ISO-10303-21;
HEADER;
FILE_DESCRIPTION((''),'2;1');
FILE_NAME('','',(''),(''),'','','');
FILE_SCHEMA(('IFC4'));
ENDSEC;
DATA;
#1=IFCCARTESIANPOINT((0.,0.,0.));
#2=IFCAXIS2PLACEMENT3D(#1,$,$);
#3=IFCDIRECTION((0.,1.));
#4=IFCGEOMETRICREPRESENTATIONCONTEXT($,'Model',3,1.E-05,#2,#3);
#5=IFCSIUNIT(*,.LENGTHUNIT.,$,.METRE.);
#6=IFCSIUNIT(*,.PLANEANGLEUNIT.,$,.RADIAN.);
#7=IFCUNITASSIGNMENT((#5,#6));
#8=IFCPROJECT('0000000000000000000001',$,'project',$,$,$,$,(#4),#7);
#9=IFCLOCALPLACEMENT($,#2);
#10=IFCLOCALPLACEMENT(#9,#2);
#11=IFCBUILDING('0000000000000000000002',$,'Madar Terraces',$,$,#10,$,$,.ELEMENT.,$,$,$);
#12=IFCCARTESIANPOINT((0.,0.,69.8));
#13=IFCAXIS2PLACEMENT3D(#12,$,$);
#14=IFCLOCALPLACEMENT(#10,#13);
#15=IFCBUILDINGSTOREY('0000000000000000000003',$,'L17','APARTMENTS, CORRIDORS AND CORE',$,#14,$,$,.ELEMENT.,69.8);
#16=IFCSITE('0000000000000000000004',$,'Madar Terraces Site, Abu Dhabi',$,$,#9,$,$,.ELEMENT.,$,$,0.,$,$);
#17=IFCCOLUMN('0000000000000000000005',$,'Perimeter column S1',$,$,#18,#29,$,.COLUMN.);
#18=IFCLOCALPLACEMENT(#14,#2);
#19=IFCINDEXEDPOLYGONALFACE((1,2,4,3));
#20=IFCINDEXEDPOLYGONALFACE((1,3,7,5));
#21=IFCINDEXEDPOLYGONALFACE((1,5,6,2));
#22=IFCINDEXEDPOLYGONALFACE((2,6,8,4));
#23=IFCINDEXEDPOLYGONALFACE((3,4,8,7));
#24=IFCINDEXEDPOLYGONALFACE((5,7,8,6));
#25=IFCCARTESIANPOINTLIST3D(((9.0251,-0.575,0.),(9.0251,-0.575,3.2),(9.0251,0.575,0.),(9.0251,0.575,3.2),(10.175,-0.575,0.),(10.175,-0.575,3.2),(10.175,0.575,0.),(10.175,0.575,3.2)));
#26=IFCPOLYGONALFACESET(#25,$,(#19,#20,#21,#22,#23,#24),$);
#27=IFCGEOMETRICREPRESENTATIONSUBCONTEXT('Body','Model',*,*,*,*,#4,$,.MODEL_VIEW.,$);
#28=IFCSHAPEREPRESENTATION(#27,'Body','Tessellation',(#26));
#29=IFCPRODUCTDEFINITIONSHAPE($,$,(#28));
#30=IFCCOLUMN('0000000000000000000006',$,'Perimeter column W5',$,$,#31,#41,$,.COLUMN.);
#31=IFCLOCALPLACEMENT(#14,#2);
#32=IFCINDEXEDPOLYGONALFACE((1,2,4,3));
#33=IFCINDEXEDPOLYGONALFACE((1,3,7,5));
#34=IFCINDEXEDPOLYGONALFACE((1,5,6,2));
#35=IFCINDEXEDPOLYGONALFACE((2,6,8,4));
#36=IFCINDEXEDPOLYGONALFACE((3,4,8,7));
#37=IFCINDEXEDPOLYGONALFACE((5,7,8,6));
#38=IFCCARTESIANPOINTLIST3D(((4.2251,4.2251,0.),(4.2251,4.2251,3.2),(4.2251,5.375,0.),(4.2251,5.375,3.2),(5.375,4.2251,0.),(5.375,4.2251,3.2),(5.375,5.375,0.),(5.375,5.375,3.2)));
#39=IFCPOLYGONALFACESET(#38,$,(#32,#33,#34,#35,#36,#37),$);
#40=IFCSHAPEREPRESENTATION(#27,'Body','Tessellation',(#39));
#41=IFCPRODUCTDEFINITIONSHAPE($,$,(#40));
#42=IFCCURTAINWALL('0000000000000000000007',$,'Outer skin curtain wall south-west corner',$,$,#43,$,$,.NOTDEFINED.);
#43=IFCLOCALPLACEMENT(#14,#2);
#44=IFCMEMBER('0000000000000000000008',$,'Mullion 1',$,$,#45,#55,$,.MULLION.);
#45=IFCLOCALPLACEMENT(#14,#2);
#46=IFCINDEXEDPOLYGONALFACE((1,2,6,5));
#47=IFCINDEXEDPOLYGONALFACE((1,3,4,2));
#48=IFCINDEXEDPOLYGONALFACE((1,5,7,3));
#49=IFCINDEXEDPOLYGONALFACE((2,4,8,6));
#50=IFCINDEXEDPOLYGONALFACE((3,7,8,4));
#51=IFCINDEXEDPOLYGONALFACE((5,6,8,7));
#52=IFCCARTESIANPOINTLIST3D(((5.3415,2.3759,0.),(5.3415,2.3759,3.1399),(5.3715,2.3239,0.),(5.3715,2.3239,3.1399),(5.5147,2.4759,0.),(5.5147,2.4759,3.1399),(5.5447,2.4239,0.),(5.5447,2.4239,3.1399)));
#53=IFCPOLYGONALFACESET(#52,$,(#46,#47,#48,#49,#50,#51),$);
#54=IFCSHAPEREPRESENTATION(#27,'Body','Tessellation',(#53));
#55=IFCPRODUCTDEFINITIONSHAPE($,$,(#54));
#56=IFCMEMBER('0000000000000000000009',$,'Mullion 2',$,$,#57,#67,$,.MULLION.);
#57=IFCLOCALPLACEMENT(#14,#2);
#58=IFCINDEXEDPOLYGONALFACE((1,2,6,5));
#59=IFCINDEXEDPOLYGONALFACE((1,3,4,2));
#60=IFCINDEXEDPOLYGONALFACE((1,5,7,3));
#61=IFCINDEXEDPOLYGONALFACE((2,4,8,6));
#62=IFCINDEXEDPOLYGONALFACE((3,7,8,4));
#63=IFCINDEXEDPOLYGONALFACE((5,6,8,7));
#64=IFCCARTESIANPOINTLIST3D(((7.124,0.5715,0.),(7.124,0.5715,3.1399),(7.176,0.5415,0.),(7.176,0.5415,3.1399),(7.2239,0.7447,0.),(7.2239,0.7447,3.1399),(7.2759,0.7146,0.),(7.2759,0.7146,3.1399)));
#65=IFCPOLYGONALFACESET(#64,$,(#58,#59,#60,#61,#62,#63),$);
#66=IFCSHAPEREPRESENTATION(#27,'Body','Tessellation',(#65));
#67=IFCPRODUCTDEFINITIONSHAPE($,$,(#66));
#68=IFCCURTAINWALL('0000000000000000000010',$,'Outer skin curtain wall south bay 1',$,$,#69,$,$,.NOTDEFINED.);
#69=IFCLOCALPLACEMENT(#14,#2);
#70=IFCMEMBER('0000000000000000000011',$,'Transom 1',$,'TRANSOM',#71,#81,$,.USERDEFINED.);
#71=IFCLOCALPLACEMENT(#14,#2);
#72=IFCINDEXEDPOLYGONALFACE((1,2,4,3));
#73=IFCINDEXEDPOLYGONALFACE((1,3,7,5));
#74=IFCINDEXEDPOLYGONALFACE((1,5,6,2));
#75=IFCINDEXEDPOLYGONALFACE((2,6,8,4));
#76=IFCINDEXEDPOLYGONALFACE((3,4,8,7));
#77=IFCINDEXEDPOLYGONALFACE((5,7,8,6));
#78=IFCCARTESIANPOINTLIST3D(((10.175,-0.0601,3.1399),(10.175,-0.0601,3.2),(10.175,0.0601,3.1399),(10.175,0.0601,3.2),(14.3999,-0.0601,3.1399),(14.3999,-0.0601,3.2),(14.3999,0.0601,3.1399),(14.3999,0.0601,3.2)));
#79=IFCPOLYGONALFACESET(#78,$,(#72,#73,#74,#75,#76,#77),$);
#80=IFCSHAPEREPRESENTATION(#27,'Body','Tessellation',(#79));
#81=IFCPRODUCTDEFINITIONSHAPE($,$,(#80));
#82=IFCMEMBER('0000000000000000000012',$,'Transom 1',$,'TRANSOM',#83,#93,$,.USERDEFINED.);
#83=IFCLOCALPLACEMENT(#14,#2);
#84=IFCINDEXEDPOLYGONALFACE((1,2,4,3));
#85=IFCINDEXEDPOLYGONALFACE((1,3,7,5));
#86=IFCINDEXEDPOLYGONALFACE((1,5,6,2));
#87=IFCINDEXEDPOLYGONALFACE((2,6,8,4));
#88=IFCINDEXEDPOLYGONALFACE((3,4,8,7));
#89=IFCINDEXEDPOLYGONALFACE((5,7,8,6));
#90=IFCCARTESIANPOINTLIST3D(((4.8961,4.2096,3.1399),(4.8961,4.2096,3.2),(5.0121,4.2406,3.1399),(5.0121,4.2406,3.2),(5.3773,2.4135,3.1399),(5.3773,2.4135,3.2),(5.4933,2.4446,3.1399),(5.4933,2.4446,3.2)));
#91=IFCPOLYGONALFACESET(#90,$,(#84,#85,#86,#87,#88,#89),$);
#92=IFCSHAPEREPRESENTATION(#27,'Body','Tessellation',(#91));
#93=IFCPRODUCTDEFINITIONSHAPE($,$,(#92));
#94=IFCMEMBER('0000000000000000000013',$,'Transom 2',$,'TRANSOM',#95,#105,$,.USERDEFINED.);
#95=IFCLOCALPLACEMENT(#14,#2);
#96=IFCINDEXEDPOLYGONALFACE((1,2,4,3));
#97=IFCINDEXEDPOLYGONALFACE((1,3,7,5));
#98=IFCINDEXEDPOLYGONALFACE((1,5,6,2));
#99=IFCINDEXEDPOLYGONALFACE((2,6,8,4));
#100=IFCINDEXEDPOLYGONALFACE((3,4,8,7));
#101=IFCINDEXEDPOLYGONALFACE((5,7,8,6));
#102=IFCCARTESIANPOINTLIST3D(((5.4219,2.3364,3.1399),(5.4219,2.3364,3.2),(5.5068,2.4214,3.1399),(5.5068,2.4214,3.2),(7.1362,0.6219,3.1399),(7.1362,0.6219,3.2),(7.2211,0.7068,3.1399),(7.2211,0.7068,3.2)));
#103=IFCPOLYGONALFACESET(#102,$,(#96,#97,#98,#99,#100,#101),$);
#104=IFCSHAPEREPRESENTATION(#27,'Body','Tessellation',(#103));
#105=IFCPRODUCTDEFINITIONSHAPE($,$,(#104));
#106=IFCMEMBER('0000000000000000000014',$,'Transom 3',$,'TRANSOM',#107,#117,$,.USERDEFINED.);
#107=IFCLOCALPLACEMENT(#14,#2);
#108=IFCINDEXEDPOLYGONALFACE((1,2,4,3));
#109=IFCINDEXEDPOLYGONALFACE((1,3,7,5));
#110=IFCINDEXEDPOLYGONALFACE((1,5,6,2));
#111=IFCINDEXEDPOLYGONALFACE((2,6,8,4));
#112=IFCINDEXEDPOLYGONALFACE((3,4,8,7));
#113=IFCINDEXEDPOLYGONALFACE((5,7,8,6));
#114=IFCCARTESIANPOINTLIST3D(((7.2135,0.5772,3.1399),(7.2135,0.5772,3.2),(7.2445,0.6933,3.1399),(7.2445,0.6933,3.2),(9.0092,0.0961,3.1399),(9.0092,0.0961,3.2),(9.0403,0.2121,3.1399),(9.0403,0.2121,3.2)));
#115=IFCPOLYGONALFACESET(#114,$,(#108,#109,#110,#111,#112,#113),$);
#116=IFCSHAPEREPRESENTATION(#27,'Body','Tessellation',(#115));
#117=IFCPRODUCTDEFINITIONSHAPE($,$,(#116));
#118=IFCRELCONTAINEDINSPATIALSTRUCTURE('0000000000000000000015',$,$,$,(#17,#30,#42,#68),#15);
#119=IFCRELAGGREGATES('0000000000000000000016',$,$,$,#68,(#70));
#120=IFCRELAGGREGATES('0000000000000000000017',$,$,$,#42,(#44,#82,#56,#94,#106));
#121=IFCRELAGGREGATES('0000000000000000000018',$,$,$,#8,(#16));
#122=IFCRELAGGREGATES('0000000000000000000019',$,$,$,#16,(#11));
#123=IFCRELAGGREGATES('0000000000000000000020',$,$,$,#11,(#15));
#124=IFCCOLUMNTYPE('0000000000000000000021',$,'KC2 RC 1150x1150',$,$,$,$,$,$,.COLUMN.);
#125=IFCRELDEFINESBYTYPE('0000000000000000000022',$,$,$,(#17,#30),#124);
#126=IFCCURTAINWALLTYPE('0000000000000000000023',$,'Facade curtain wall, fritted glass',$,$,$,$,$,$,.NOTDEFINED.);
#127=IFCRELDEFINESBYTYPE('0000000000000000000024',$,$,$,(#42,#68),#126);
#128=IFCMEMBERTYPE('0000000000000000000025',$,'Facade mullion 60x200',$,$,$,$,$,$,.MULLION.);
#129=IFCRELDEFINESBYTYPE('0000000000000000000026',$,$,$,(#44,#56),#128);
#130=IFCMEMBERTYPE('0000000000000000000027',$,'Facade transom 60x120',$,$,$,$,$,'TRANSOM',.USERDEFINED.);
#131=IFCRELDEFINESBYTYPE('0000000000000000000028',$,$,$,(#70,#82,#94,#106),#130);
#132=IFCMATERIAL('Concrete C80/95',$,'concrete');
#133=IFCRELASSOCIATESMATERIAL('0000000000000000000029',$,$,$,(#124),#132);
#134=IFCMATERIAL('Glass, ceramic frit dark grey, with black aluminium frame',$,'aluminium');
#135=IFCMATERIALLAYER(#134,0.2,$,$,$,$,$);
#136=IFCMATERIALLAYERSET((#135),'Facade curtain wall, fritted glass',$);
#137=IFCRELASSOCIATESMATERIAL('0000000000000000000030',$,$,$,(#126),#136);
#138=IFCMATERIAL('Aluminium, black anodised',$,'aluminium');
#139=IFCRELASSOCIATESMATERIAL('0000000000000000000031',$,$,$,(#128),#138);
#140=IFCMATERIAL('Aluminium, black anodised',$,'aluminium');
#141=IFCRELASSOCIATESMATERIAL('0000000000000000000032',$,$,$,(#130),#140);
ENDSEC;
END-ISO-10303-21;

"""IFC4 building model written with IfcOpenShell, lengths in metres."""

from ifc_helpers import new_model, si_unit, direction, frame, origin, origin_2d, place, context, subcontext, project, spatial, rectangle, extrude, material, layer, layer_set, material_profile, profile_set, type_object, element, aggregate, save


model = new_model("IFC4")

# Units and contexts
model_context = context("Model", 3, precision=1e-05, world=origin(), true_north=direction((0.0, 1.0)))
body_context = subcontext(model_context, "Body", "Model", "MODEL_VIEW")
ifc_project = project(units=[si_unit("LENGTHUNIT", "METRE"), si_unit("PLANEANGLEUNIT", "RADIAN")], contexts=[model_context])

# Site, building, storey
site_placement = place(None, origin())
site = spatial("IfcSite", under=ifc_project, at=site_placement, Name="Madar Terraces Site, Abu Dhabi", CompositionType="ELEMENT", RefElevation=0.0)
building_placement = place(site_placement, origin())
building = spatial("IfcBuilding", under=site, at=building_placement, Name="Madar Terraces", CompositionType="ELEMENT")
storey_placement = place(building_placement, frame((0.0, 0.0, 69.8)))
storey = spatial("IfcBuildingStorey", under=building, at=storey_placement, Name="L17", Description="APARTMENTS, CORRIDORS AND CORE", CompositionType="ELEMENT", Elevation=69.8)

# Columns
ifc_material_1 = material(Name="Concrete C80/95", Category="concrete")
ifc_material_profile_1 = material_profile(ifc_material_1, rectangle(XDim=1.1499, YDim=1.1499, at=origin_2d()), Name="KC2 RC 1150x1150")
ifc_profile_set_1 = profile_set([ifc_material_profile_1], Name="Concrete C80/95")
column_type = type_object("IfcColumnType", Name="KC2 RC 1150x1150", PredefinedType="COLUMN", material=ifc_profile_set_1)
for number, where, z_axis, x_axis, name in (
    (1, (9.6001, 0.0, 0.0), (0.0, 0.0, 1.0), (1.0, 0.0, 0.0), "Perimeter column S1"),
    (2, (4.8, 4.8, 0.0), (0.0, 0.0, 1.0), (1.0, 0.0, 0.0), "Perimeter column W5"),
):
    element("IfcColumn", number, at=place(storey_placement, frame(where, z_axis=z_axis, x_axis=x_axis)), inside=storey, type_object=column_type, Name=name, PredefinedType="COLUMN", context=body_context, shape_type="SweptSolid", body=[
        extrude(rectangle(XDim=1.1499, YDim=1.1499, at=origin_2d()), origin(), (0.0, 0.0, 1.0), 3.2),
    ])

# Curtain wall, members
ifc_material_2 = material(Name="Glass, ceramic frit dark grey, with black aluminium frame", Category="aluminium")
ifc_layer_1 = layer(ifc_material_2, 0.2)
ifc_layer_set_1 = layer_set([ifc_layer_1], Name="Facade curtain wall, fritted glass")
curtain_wall_type = type_object("IfcCurtainWallType", Name="Facade curtain wall, fritted glass", PredefinedType="NOTDEFINED", material=ifc_layer_set_1)
curtain_wall_1_placement = place(storey_placement, origin())
curtain_wall_1 = element("IfcCurtainWall", 3, at=curtain_wall_1_placement, inside=storey, type_object=curtain_wall_type, Name="Outer skin curtain wall south-west corner", PredefinedType="NOTDEFINED")
ifc_material_3 = material(Name="Aluminium, black anodised", Category="aluminium")
ifc_material_profile_2 = material_profile(ifc_material_3, rectangle(XDim=0.2, YDim=0.0601, at=origin_2d()), Name="Facade mullion 60x200")
ifc_profile_set_2 = profile_set([ifc_material_profile_2], Name="Aluminium, black anodised")
member_type_1 = type_object("IfcMemberType", Name="Facade mullion 60x200", PredefinedType="MULLION", material=ifc_profile_set_2)
member_1_placement = place(storey_placement, frame((5.4431, 2.3999, 0.0), z_axis=(0.0, 0.0, 1.0), x_axis=(0.866025, 0.5, 0.0)))
member_1 = element("IfcMember", 4, at=member_1_placement, type_object=member_type_1, Name="Mullion 1", PredefinedType="MULLION", context=body_context, shape_type="SweptSolid", body=[
    extrude(rectangle(XDim=0.2, YDim=0.0601, at=origin_2d()), origin(), (0.0, 0.0, 1.0), 3.1399),
])
member_2_placement = place(storey_placement, frame((7.2, 0.6431, 0.0), z_axis=(0.0, 0.0, 1.0), x_axis=(0.5, 0.866025, 0.0)))
member_2 = element("IfcMember", 5, at=member_2_placement, type_object=member_type_1, Name="Mullion 2", PredefinedType="MULLION", context=body_context, shape_type="SweptSolid", body=[
    extrude(rectangle(XDim=0.2, YDim=0.0601, at=origin_2d()), origin(), (0.0, 0.0, 1.0), 3.1399),
])

# Curtain wall, member
curtain_wall_2_placement = place(storey_placement, origin())
curtain_wall_2 = element("IfcCurtainWall", 6, at=curtain_wall_2_placement, inside=storey, type_object=curtain_wall_type, Name="Outer skin curtain wall south bay 1", PredefinedType="NOTDEFINED")
ifc_material_4 = material(Name="Aluminium, black anodised", Category="aluminium")
ifc_material_profile_3 = material_profile(ifc_material_4, rectangle(XDim=0.1201, YDim=0.0601, at=origin_2d()), Name="Facade transom 60x120")
ifc_profile_set_3 = profile_set([ifc_material_profile_3], Name="Aluminium, black anodised")
member_type_2 = type_object("IfcMemberType", Name="Facade transom 60x120", ElementType="TRANSOM", PredefinedType="USERDEFINED", material=ifc_profile_set_3)
member_3_placement = place(storey_placement, frame((10.175, 0.0, 3.1699), z_axis=(1.0, 0.0, 0.0), x_axis=(0.0, 1.0, 0.0)))
member_3 = element("IfcMember", 7, at=member_3_placement, type_object=member_type_2, Name="Transom 1", ObjectType="TRANSOM", PredefinedType="USERDEFINED", context=body_context, shape_type="SweptSolid", body=[
    extrude(rectangle(XDim=0.1201, YDim=0.0601, at=origin_2d()), origin(), (0.0, 0.0, 1.0), 4.2249),
])
aggregate(curtain_wall_2, [member_3])

# Members
member_4_placement = place(storey_placement, frame((4.9541, 4.2251, 3.1699), z_axis=(0.258782, -0.965936, 0.0), x_axis=(0.965936, 0.258782, 0.0)))
member_4 = element("IfcMember", 8, at=member_4_placement, type_object=member_type_2, Name="Transom 1", ObjectType="TRANSOM", PredefinedType="USERDEFINED", context=body_context, shape_type="SweptSolid", body=[
    extrude(rectangle(XDim=0.1201, YDim=0.0601, at=origin_2d()), origin(), (0.0, 0.0, 1.0), 1.8594),
])
member_5_placement = place(storey_placement, frame((5.4644, 2.3789, 3.1699), z_axis=(0.707056, -0.707157, 0.0), x_axis=(0.707157, 0.707056, 0.0)))
member_5 = element("IfcMember", 9, at=member_5_placement, type_object=member_type_2, Name="Transom 2", ObjectType="TRANSOM", PredefinedType="USERDEFINED", context=body_context, shape_type="SweptSolid", body=[
    extrude(rectangle(XDim=0.1201, YDim=0.0601, at=origin_2d()), origin(), (0.0, 0.0, 1.0), 2.4246),
])
member_6_placement = place(storey_placement, frame((7.229, 0.6353, 3.1699), z_axis=(0.965927, -0.258815, 0.0), x_axis=(0.258815, 0.965927, 0.0)))
member_6 = element("IfcMember", 10, at=member_6_placement, type_object=member_type_2, Name="Transom 3", ObjectType="TRANSOM", PredefinedType="USERDEFINED", context=body_context, shape_type="SweptSolid", body=[
    extrude(rectangle(XDim=0.1201, YDim=0.0601, at=origin_2d()), origin(), (0.0, 0.0, 1.0), 1.8591),
])

aggregate(curtain_wall_1, [member_1, member_4, member_2, member_5, member_6])

save(model, "model.ifc")
